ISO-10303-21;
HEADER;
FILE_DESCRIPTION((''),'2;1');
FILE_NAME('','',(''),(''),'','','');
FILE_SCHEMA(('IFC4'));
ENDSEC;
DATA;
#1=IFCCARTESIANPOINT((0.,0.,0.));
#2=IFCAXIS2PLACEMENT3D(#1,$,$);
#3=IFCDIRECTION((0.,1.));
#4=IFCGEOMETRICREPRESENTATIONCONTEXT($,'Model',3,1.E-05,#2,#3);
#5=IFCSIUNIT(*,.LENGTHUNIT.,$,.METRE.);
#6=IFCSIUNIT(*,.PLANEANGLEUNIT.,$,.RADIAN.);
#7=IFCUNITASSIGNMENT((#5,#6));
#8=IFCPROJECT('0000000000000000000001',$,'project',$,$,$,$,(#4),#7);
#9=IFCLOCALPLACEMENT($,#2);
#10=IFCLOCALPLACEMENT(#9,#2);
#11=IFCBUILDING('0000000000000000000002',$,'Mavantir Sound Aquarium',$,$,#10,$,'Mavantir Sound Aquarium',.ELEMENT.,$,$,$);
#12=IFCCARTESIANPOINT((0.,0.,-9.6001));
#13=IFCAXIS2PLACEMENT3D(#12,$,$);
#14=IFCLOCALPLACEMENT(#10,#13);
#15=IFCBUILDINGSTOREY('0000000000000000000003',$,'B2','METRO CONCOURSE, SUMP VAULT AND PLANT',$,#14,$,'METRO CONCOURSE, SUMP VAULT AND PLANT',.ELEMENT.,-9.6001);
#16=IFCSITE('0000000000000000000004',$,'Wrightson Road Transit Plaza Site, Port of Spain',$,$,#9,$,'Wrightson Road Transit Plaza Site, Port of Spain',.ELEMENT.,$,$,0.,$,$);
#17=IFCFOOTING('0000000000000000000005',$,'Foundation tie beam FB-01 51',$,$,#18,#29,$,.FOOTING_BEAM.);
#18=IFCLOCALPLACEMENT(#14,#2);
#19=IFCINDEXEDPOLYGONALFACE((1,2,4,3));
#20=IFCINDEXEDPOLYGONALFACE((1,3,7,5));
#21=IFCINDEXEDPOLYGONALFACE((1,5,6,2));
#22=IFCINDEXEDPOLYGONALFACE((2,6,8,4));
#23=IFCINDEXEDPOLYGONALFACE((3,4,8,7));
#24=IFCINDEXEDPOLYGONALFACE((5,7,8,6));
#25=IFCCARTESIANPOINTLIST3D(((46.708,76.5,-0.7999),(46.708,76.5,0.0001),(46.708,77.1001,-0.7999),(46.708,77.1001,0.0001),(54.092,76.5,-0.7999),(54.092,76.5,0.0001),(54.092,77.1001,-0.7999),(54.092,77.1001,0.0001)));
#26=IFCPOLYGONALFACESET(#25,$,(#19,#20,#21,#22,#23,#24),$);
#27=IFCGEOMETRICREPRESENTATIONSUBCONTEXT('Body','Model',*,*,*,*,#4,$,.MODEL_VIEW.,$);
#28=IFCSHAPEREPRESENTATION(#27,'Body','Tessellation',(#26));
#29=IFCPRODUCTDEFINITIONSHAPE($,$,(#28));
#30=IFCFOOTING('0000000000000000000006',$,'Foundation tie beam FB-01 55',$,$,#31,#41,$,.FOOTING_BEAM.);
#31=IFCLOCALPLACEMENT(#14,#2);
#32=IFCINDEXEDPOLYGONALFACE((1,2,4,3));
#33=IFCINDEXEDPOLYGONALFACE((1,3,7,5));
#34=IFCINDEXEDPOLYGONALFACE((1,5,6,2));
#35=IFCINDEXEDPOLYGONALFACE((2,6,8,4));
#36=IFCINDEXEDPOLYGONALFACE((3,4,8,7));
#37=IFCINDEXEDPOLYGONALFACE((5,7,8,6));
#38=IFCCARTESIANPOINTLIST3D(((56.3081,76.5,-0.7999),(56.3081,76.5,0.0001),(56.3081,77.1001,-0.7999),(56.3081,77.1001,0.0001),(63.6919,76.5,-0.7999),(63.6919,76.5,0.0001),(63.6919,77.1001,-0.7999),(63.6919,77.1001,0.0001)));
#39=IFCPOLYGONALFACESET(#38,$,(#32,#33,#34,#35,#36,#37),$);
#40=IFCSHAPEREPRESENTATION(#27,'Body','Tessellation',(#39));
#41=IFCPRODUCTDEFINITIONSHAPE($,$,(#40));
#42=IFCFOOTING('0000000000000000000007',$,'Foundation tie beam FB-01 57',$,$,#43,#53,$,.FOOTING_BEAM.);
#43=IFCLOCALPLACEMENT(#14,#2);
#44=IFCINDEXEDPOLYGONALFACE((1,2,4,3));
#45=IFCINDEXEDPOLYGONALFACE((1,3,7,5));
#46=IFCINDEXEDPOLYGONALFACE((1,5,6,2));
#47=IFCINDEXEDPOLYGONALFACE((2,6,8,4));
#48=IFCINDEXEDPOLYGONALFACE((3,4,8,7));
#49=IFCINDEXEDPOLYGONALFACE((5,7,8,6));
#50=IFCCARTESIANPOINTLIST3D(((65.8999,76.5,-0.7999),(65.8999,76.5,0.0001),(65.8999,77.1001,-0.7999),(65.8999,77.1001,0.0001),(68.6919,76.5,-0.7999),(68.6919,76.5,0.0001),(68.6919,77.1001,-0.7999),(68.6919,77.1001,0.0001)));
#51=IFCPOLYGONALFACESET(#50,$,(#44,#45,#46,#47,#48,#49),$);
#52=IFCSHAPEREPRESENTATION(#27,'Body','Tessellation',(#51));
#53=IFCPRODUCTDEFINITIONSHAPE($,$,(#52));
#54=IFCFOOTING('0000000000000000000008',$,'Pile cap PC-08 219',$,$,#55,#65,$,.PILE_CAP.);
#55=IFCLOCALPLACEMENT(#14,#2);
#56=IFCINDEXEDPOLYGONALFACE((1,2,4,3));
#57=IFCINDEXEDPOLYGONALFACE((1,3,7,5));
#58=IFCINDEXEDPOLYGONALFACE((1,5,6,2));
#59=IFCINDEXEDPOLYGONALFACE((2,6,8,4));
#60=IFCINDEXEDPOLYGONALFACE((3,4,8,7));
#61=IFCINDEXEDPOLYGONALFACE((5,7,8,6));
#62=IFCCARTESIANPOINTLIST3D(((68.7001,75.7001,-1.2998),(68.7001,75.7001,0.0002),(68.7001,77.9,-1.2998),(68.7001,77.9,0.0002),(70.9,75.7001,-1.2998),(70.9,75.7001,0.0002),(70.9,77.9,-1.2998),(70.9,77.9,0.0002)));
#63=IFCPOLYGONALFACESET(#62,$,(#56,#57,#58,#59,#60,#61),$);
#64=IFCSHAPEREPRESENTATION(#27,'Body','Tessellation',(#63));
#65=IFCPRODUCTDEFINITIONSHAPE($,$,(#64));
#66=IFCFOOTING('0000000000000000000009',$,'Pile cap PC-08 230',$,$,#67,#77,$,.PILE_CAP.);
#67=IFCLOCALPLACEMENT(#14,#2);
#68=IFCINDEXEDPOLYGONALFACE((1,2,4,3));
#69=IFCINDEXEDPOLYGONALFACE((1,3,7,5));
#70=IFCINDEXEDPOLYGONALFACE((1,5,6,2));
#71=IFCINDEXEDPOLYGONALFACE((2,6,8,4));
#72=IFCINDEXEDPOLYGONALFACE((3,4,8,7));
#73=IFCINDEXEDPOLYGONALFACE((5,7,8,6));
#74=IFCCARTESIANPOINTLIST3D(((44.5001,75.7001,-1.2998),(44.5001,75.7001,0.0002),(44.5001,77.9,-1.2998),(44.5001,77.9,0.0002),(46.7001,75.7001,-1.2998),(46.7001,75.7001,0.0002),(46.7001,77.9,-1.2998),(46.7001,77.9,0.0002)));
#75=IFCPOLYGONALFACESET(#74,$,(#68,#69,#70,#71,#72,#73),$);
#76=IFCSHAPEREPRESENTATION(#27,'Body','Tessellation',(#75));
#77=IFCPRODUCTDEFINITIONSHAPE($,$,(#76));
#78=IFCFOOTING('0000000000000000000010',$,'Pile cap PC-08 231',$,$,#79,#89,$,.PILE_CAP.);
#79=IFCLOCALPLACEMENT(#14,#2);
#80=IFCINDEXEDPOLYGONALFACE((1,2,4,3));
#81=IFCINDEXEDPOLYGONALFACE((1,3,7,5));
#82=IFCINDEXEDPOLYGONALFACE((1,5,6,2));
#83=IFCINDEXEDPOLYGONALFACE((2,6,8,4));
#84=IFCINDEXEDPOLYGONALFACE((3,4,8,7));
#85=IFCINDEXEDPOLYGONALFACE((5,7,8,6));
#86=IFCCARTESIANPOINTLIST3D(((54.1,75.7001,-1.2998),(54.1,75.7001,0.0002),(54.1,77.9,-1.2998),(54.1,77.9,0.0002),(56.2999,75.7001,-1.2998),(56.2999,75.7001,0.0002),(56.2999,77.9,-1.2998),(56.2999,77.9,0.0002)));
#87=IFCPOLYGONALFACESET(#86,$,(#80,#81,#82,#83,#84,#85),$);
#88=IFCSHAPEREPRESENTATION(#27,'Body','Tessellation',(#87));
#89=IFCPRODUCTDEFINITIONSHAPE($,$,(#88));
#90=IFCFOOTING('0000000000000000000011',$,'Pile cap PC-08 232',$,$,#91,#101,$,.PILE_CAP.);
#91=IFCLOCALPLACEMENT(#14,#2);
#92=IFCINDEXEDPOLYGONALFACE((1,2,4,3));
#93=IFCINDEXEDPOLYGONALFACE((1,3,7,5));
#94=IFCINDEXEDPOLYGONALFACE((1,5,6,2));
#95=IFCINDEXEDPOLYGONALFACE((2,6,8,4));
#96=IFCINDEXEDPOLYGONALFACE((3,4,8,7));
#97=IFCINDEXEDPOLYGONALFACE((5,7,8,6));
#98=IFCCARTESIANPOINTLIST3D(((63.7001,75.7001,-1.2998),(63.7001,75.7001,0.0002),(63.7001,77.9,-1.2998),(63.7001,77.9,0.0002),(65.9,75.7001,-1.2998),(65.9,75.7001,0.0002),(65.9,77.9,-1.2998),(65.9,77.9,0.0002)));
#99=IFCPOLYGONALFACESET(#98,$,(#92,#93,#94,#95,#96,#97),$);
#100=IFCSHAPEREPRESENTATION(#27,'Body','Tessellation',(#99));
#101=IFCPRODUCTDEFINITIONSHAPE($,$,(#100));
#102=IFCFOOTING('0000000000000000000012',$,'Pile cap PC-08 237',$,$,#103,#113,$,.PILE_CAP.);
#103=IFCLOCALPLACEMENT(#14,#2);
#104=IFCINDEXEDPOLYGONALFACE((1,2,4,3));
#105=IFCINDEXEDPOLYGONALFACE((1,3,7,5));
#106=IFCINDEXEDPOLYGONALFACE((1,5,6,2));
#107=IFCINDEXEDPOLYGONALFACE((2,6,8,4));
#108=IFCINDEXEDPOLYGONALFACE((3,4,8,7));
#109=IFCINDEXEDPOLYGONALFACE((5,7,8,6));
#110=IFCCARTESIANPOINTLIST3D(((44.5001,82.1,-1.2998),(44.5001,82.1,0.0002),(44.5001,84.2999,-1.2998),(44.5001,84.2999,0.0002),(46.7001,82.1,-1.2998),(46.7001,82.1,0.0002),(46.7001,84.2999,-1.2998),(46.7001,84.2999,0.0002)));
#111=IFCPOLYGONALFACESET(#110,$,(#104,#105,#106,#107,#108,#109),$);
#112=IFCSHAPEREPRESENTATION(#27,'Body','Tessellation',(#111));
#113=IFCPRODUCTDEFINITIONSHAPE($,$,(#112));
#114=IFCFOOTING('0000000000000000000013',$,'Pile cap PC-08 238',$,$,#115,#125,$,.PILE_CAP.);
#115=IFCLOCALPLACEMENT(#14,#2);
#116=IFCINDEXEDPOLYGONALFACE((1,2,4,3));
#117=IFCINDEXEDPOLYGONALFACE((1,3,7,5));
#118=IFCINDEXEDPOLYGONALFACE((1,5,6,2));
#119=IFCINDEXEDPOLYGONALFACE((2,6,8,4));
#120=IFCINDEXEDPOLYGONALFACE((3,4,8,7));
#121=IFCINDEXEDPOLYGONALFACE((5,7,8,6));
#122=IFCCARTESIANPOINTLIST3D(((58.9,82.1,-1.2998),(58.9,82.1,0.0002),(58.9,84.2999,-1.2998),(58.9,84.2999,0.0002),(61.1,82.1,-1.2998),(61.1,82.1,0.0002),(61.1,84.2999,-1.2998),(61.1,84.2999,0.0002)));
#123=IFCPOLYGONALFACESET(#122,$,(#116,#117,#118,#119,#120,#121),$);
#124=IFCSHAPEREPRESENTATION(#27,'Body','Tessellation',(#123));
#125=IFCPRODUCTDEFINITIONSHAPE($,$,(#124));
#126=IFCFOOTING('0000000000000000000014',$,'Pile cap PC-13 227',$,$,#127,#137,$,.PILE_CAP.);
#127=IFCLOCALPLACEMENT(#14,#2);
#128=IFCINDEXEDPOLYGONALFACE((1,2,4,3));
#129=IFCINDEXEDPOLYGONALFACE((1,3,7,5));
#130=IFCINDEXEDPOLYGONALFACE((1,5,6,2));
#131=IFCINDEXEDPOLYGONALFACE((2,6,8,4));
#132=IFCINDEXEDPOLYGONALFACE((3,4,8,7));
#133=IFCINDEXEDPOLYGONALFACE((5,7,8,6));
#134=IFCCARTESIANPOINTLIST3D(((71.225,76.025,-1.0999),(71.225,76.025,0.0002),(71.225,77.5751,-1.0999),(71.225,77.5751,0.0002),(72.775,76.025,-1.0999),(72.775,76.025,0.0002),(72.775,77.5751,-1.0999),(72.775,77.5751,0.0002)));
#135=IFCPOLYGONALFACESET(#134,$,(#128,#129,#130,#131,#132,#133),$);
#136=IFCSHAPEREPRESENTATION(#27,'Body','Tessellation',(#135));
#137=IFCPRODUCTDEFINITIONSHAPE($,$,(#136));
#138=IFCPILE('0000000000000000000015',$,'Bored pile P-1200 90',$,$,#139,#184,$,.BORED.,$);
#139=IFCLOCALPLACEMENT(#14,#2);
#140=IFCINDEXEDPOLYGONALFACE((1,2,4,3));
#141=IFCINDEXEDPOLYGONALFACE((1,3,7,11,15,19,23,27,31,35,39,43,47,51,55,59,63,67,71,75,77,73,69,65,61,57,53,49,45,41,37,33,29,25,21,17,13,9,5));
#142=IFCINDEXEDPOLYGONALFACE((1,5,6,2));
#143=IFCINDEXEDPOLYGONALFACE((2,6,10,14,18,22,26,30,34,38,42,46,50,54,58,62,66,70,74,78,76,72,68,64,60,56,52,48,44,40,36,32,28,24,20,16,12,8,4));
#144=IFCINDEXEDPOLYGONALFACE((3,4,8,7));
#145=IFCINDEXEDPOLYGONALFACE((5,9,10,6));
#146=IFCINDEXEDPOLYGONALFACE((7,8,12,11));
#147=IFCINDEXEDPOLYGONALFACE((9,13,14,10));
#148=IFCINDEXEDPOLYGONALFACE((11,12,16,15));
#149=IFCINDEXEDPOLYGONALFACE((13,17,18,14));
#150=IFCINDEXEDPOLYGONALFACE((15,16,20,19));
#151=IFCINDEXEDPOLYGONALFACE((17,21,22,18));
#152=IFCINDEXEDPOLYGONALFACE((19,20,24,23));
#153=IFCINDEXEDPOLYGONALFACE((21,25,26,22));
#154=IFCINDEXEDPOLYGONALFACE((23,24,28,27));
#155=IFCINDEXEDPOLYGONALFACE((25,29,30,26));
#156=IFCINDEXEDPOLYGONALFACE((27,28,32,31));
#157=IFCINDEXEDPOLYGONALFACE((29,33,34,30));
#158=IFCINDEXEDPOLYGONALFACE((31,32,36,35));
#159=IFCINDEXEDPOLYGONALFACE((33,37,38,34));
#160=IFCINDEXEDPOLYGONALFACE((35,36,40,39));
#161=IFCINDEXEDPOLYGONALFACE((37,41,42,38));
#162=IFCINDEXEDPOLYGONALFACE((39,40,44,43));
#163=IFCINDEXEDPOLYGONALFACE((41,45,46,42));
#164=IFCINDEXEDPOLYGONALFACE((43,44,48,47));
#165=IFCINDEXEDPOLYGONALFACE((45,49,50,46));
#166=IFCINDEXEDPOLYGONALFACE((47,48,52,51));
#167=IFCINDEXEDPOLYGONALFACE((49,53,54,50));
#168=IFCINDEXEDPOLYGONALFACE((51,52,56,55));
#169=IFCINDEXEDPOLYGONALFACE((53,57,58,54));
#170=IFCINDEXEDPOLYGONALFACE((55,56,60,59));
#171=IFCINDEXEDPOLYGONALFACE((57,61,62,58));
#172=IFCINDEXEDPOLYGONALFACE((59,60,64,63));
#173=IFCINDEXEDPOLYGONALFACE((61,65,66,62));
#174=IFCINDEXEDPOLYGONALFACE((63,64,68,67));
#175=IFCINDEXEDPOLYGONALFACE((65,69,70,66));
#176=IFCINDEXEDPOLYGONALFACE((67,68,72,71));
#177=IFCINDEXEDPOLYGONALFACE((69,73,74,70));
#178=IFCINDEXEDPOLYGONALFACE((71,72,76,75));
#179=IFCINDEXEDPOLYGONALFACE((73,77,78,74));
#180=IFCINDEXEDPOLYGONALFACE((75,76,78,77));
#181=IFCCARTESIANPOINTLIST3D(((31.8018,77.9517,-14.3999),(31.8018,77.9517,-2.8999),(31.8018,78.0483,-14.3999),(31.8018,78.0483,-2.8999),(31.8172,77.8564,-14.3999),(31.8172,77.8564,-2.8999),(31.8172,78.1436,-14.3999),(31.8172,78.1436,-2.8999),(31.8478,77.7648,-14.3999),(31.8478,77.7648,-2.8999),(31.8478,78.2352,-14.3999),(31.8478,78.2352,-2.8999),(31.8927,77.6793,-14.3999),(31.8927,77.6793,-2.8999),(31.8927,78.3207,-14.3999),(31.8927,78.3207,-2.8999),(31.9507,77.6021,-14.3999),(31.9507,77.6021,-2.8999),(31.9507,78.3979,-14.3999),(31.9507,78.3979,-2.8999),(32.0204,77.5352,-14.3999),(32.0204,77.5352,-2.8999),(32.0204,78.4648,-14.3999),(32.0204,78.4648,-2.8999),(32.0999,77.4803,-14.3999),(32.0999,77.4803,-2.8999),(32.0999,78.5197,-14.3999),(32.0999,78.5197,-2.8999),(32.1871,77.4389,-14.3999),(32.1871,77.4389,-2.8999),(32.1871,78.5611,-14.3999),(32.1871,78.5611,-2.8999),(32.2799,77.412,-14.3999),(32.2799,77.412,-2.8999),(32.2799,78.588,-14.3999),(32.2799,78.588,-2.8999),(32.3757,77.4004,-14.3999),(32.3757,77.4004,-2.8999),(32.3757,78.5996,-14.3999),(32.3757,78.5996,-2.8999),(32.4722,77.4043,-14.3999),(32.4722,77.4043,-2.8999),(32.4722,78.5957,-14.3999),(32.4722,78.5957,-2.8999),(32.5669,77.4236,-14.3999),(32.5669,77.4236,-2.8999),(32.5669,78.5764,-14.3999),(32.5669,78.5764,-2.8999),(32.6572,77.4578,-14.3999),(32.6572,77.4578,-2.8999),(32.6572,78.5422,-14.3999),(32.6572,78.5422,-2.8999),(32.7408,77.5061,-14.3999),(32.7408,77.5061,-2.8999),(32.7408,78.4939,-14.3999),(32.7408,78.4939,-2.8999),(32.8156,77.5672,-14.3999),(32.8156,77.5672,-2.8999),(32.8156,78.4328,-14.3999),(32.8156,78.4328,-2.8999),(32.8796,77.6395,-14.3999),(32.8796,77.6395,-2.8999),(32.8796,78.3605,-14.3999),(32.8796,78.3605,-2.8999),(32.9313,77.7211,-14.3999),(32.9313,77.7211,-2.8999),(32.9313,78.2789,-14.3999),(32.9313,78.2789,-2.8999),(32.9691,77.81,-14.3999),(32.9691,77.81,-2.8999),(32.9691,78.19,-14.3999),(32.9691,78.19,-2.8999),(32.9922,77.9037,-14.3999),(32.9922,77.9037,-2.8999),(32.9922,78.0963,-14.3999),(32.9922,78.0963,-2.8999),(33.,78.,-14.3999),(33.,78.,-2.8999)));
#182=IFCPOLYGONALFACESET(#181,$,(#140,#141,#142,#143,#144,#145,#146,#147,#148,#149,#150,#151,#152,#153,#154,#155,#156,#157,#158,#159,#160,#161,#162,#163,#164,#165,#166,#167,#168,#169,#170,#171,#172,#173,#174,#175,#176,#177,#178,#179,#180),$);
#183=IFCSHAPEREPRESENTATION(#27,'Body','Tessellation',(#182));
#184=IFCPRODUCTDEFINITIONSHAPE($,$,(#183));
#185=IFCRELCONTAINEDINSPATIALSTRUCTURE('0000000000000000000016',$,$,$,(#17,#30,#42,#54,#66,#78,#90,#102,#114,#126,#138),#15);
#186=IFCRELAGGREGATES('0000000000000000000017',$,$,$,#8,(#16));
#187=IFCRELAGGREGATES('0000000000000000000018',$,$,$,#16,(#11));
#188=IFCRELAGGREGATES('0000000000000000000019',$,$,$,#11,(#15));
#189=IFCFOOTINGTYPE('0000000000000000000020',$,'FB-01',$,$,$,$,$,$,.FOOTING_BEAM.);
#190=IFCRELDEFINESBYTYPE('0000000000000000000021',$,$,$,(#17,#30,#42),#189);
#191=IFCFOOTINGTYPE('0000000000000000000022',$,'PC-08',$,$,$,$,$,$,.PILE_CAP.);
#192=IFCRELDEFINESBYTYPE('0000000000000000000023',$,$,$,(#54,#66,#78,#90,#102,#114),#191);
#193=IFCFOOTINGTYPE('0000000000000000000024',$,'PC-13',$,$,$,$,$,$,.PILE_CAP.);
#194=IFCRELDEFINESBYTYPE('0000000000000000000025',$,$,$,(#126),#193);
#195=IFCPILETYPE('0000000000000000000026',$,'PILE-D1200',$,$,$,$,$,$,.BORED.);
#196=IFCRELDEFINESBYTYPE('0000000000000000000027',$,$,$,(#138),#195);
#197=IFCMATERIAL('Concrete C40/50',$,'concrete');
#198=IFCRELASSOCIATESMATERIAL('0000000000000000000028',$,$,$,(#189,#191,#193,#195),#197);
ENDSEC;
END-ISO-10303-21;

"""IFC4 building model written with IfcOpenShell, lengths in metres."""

from ifc_helpers import new_model, si_unit, direction, frame, origin, origin_2d, place, context, subcontext, project, spatial, rectangle, circle, extrude, material, material_profile, profile_set, type_object, element, save


model = new_model("IFC4")

# Units and contexts
model_context = context("Model", 3, precision=1e-05, world=origin(), true_north=direction((0.0, 1.0)))
body_context = subcontext(model_context, "Body", "Model", "MODEL_VIEW")
ifc_project = project(units=[si_unit("LENGTHUNIT", "METRE"), si_unit("PLANEANGLEUNIT", "RADIAN")], contexts=[model_context])

# Site, building, storey
site_placement = place(None, origin())
site = spatial("IfcSite", under=ifc_project, at=site_placement, Name="Wrightson Road Transit Plaza Site, Port of Spain", LongName="Wrightson Road Transit Plaza Site, Port of Spain", CompositionType="ELEMENT", RefElevation=0.0)
building_placement = place(site_placement, origin())
building = spatial("IfcBuilding", under=site, at=building_placement, Name="Mavantir Sound Aquarium", LongName="Mavantir Sound Aquarium", CompositionType="ELEMENT")
storey_placement = place(building_placement, frame((0.0, 0.0, -9.6001)))
storey = spatial("IfcBuildingStorey", under=building, at=storey_placement, Name="B2", Description="METRO CONCOURSE, SUMP VAULT AND PLANT", LongName="METRO CONCOURSE, SUMP VAULT AND PLANT", CompositionType="ELEMENT", Elevation=-9.6001)

# Footings
ifc_material_1 = material(Name="Concrete C40/50", Category="concrete")
ifc_material_profile_1 = material_profile(ifc_material_1, rectangle(XDim=0.6001, YDim=0.8, at=origin_2d()), Name="RC 600X800")
ifc_profile_set_1 = profile_set([ifc_material_profile_1], Name="Concrete C40/50")
footing_type_1 = type_object("IfcFootingType", Name="FB-01", PredefinedType="FOOTING_BEAM", material=ifc_profile_set_1)
footing_1_placement = place(storey_placement, frame((46.708, 76.8, -0.3999), z_axis=(1.0, 0.0, 0.0), x_axis=(0.0, 1.0, 0.0)))
element("IfcFooting", 1, at=footing_1_placement, inside=storey, type_object=footing_type_1, Name="Foundation tie beam FB-01 51", PredefinedType="FOOTING_BEAM", context=body_context, shape_type="SweptSolid", body=[
    extrude(rectangle(XDim=0.6001, YDim=0.8, at=origin_2d()), origin(), (0.0, 0.0, 1.0), 7.384),
])
footing_2_placement = place(storey_placement, frame((56.3081, 76.8, -0.3999), z_axis=(1.0, 0.0, 0.0), x_axis=(0.0, 1.0, 0.0)))
element("IfcFooting", 2, at=footing_2_placement, inside=storey, type_object=footing_type_1, Name="Foundation tie beam FB-01 55", PredefinedType="FOOTING_BEAM", context=body_context, shape_type="SweptSolid", body=[
    extrude(rectangle(XDim=0.6001, YDim=0.8, at=origin_2d()), origin(), (0.0, 0.0, 1.0), 7.3838),
])
footing_3_placement = place(storey_placement, frame((65.8999, 76.8, -0.3999), z_axis=(1.0, 0.0, 0.0), x_axis=(0.0, 1.0, 0.0)))
element("IfcFooting", 3, at=footing_3_placement, inside=storey, type_object=footing_type_1, Name="Foundation tie beam FB-01 57", PredefinedType="FOOTING_BEAM", context=body_context, shape_type="SweptSolid", body=[
    extrude(rectangle(XDim=0.6001, YDim=0.8, at=origin_2d()), origin(), (0.0, 0.0, 1.0), 2.792),
])
footing_type_2 = type_object("IfcFootingType", Name="PC-08", PredefinedType="PILE_CAP", material=ifc_material_1)
for number, where, z_axis, x_axis, name in (
    (4, (69.8, 76.8, -1.2998), (0.0, 0.0, 1.0), (1.0, 0.0, 0.0), "Pile cap PC-08 219"),
    (5, (45.6001, 76.8, -1.2998), (0.0, 0.0, 1.0), (1.0, 0.0, 0.0), "Pile cap PC-08 230"),
    (6, (55.2, 76.8, -1.2998), (0.0, 0.0, 1.0), (1.0, 0.0, 0.0), "Pile cap PC-08 231"),
    (7, (64.8, 76.8, -1.2998), (0.0, 0.0, 1.0), (1.0, 0.0, 0.0), "Pile cap PC-08 232"),
    (8, (45.6001, 83.2, -1.2998), (0.0, 0.0, 1.0), (1.0, 0.0, 0.0), "Pile cap PC-08 237"),
    (9, (60.0, 83.2, -1.2998), (0.0, 0.0, 1.0), (1.0, 0.0, 0.0), "Pile cap PC-08 238"),
):
    element("IfcFooting", number, at=place(storey_placement, frame(where, z_axis=z_axis, x_axis=x_axis)), inside=storey, type_object=footing_type_2, Name=name, PredefinedType="PILE_CAP", context=body_context, shape_type="SweptSolid", body=[
        extrude(rectangle(XDim=2.2, YDim=2.2, at=origin_2d()), origin(), (0.0, 0.0, 1.0), 1.3),
    ])
footing_type_3 = type_object("IfcFootingType", Name="PC-13", PredefinedType="PILE_CAP", material=ifc_material_1)
footing_4_placement = place(storey_placement, frame((72.0, 76.8, -1.0999), z_axis=(0.0, 0.0, 1.0), x_axis=(1.0, 0.0, 0.0)))
element("IfcFooting", 10, at=footing_4_placement, inside=storey, type_object=footing_type_3, Name="Pile cap PC-13 227", PredefinedType="PILE_CAP", context=body_context, shape_type="SweptSolid", body=[
    extrude(rectangle(XDim=1.55, YDim=1.55, at=origin_2d()), origin(), (0.0, 0.0, 1.0), 1.1001),
])

# Pile
ifc_material_profile_2 = material_profile(ifc_material_1, circle(Radius=0.6001, at=origin_2d()), Name="PILE D1200")
ifc_profile_set_2 = profile_set([ifc_material_profile_2], Name="Concrete C40/50")
pile_type_1 = type_object("IfcPileType", Name="PILE-D1200", PredefinedType="BORED", material=ifc_profile_set_2)
pile_1_placement = place(storey_placement, frame((32.3999, 78.0, -2.8999), z_axis=(0.0, 0.0, -1.0), x_axis=(1.0, 0.0, 0.0)))
element("IfcPile", 11, at=pile_1_placement, inside=storey, type_object=pile_type_1, Name="Bored pile P-1200 90", PredefinedType="BORED", context=body_context, shape_type="SweptSolid", body=[
    extrude(circle(Radius=0.6001, at=origin_2d()), origin(), (0.0, 0.0, 1.0), 11.5),
])

save(model, "model.ifc")
